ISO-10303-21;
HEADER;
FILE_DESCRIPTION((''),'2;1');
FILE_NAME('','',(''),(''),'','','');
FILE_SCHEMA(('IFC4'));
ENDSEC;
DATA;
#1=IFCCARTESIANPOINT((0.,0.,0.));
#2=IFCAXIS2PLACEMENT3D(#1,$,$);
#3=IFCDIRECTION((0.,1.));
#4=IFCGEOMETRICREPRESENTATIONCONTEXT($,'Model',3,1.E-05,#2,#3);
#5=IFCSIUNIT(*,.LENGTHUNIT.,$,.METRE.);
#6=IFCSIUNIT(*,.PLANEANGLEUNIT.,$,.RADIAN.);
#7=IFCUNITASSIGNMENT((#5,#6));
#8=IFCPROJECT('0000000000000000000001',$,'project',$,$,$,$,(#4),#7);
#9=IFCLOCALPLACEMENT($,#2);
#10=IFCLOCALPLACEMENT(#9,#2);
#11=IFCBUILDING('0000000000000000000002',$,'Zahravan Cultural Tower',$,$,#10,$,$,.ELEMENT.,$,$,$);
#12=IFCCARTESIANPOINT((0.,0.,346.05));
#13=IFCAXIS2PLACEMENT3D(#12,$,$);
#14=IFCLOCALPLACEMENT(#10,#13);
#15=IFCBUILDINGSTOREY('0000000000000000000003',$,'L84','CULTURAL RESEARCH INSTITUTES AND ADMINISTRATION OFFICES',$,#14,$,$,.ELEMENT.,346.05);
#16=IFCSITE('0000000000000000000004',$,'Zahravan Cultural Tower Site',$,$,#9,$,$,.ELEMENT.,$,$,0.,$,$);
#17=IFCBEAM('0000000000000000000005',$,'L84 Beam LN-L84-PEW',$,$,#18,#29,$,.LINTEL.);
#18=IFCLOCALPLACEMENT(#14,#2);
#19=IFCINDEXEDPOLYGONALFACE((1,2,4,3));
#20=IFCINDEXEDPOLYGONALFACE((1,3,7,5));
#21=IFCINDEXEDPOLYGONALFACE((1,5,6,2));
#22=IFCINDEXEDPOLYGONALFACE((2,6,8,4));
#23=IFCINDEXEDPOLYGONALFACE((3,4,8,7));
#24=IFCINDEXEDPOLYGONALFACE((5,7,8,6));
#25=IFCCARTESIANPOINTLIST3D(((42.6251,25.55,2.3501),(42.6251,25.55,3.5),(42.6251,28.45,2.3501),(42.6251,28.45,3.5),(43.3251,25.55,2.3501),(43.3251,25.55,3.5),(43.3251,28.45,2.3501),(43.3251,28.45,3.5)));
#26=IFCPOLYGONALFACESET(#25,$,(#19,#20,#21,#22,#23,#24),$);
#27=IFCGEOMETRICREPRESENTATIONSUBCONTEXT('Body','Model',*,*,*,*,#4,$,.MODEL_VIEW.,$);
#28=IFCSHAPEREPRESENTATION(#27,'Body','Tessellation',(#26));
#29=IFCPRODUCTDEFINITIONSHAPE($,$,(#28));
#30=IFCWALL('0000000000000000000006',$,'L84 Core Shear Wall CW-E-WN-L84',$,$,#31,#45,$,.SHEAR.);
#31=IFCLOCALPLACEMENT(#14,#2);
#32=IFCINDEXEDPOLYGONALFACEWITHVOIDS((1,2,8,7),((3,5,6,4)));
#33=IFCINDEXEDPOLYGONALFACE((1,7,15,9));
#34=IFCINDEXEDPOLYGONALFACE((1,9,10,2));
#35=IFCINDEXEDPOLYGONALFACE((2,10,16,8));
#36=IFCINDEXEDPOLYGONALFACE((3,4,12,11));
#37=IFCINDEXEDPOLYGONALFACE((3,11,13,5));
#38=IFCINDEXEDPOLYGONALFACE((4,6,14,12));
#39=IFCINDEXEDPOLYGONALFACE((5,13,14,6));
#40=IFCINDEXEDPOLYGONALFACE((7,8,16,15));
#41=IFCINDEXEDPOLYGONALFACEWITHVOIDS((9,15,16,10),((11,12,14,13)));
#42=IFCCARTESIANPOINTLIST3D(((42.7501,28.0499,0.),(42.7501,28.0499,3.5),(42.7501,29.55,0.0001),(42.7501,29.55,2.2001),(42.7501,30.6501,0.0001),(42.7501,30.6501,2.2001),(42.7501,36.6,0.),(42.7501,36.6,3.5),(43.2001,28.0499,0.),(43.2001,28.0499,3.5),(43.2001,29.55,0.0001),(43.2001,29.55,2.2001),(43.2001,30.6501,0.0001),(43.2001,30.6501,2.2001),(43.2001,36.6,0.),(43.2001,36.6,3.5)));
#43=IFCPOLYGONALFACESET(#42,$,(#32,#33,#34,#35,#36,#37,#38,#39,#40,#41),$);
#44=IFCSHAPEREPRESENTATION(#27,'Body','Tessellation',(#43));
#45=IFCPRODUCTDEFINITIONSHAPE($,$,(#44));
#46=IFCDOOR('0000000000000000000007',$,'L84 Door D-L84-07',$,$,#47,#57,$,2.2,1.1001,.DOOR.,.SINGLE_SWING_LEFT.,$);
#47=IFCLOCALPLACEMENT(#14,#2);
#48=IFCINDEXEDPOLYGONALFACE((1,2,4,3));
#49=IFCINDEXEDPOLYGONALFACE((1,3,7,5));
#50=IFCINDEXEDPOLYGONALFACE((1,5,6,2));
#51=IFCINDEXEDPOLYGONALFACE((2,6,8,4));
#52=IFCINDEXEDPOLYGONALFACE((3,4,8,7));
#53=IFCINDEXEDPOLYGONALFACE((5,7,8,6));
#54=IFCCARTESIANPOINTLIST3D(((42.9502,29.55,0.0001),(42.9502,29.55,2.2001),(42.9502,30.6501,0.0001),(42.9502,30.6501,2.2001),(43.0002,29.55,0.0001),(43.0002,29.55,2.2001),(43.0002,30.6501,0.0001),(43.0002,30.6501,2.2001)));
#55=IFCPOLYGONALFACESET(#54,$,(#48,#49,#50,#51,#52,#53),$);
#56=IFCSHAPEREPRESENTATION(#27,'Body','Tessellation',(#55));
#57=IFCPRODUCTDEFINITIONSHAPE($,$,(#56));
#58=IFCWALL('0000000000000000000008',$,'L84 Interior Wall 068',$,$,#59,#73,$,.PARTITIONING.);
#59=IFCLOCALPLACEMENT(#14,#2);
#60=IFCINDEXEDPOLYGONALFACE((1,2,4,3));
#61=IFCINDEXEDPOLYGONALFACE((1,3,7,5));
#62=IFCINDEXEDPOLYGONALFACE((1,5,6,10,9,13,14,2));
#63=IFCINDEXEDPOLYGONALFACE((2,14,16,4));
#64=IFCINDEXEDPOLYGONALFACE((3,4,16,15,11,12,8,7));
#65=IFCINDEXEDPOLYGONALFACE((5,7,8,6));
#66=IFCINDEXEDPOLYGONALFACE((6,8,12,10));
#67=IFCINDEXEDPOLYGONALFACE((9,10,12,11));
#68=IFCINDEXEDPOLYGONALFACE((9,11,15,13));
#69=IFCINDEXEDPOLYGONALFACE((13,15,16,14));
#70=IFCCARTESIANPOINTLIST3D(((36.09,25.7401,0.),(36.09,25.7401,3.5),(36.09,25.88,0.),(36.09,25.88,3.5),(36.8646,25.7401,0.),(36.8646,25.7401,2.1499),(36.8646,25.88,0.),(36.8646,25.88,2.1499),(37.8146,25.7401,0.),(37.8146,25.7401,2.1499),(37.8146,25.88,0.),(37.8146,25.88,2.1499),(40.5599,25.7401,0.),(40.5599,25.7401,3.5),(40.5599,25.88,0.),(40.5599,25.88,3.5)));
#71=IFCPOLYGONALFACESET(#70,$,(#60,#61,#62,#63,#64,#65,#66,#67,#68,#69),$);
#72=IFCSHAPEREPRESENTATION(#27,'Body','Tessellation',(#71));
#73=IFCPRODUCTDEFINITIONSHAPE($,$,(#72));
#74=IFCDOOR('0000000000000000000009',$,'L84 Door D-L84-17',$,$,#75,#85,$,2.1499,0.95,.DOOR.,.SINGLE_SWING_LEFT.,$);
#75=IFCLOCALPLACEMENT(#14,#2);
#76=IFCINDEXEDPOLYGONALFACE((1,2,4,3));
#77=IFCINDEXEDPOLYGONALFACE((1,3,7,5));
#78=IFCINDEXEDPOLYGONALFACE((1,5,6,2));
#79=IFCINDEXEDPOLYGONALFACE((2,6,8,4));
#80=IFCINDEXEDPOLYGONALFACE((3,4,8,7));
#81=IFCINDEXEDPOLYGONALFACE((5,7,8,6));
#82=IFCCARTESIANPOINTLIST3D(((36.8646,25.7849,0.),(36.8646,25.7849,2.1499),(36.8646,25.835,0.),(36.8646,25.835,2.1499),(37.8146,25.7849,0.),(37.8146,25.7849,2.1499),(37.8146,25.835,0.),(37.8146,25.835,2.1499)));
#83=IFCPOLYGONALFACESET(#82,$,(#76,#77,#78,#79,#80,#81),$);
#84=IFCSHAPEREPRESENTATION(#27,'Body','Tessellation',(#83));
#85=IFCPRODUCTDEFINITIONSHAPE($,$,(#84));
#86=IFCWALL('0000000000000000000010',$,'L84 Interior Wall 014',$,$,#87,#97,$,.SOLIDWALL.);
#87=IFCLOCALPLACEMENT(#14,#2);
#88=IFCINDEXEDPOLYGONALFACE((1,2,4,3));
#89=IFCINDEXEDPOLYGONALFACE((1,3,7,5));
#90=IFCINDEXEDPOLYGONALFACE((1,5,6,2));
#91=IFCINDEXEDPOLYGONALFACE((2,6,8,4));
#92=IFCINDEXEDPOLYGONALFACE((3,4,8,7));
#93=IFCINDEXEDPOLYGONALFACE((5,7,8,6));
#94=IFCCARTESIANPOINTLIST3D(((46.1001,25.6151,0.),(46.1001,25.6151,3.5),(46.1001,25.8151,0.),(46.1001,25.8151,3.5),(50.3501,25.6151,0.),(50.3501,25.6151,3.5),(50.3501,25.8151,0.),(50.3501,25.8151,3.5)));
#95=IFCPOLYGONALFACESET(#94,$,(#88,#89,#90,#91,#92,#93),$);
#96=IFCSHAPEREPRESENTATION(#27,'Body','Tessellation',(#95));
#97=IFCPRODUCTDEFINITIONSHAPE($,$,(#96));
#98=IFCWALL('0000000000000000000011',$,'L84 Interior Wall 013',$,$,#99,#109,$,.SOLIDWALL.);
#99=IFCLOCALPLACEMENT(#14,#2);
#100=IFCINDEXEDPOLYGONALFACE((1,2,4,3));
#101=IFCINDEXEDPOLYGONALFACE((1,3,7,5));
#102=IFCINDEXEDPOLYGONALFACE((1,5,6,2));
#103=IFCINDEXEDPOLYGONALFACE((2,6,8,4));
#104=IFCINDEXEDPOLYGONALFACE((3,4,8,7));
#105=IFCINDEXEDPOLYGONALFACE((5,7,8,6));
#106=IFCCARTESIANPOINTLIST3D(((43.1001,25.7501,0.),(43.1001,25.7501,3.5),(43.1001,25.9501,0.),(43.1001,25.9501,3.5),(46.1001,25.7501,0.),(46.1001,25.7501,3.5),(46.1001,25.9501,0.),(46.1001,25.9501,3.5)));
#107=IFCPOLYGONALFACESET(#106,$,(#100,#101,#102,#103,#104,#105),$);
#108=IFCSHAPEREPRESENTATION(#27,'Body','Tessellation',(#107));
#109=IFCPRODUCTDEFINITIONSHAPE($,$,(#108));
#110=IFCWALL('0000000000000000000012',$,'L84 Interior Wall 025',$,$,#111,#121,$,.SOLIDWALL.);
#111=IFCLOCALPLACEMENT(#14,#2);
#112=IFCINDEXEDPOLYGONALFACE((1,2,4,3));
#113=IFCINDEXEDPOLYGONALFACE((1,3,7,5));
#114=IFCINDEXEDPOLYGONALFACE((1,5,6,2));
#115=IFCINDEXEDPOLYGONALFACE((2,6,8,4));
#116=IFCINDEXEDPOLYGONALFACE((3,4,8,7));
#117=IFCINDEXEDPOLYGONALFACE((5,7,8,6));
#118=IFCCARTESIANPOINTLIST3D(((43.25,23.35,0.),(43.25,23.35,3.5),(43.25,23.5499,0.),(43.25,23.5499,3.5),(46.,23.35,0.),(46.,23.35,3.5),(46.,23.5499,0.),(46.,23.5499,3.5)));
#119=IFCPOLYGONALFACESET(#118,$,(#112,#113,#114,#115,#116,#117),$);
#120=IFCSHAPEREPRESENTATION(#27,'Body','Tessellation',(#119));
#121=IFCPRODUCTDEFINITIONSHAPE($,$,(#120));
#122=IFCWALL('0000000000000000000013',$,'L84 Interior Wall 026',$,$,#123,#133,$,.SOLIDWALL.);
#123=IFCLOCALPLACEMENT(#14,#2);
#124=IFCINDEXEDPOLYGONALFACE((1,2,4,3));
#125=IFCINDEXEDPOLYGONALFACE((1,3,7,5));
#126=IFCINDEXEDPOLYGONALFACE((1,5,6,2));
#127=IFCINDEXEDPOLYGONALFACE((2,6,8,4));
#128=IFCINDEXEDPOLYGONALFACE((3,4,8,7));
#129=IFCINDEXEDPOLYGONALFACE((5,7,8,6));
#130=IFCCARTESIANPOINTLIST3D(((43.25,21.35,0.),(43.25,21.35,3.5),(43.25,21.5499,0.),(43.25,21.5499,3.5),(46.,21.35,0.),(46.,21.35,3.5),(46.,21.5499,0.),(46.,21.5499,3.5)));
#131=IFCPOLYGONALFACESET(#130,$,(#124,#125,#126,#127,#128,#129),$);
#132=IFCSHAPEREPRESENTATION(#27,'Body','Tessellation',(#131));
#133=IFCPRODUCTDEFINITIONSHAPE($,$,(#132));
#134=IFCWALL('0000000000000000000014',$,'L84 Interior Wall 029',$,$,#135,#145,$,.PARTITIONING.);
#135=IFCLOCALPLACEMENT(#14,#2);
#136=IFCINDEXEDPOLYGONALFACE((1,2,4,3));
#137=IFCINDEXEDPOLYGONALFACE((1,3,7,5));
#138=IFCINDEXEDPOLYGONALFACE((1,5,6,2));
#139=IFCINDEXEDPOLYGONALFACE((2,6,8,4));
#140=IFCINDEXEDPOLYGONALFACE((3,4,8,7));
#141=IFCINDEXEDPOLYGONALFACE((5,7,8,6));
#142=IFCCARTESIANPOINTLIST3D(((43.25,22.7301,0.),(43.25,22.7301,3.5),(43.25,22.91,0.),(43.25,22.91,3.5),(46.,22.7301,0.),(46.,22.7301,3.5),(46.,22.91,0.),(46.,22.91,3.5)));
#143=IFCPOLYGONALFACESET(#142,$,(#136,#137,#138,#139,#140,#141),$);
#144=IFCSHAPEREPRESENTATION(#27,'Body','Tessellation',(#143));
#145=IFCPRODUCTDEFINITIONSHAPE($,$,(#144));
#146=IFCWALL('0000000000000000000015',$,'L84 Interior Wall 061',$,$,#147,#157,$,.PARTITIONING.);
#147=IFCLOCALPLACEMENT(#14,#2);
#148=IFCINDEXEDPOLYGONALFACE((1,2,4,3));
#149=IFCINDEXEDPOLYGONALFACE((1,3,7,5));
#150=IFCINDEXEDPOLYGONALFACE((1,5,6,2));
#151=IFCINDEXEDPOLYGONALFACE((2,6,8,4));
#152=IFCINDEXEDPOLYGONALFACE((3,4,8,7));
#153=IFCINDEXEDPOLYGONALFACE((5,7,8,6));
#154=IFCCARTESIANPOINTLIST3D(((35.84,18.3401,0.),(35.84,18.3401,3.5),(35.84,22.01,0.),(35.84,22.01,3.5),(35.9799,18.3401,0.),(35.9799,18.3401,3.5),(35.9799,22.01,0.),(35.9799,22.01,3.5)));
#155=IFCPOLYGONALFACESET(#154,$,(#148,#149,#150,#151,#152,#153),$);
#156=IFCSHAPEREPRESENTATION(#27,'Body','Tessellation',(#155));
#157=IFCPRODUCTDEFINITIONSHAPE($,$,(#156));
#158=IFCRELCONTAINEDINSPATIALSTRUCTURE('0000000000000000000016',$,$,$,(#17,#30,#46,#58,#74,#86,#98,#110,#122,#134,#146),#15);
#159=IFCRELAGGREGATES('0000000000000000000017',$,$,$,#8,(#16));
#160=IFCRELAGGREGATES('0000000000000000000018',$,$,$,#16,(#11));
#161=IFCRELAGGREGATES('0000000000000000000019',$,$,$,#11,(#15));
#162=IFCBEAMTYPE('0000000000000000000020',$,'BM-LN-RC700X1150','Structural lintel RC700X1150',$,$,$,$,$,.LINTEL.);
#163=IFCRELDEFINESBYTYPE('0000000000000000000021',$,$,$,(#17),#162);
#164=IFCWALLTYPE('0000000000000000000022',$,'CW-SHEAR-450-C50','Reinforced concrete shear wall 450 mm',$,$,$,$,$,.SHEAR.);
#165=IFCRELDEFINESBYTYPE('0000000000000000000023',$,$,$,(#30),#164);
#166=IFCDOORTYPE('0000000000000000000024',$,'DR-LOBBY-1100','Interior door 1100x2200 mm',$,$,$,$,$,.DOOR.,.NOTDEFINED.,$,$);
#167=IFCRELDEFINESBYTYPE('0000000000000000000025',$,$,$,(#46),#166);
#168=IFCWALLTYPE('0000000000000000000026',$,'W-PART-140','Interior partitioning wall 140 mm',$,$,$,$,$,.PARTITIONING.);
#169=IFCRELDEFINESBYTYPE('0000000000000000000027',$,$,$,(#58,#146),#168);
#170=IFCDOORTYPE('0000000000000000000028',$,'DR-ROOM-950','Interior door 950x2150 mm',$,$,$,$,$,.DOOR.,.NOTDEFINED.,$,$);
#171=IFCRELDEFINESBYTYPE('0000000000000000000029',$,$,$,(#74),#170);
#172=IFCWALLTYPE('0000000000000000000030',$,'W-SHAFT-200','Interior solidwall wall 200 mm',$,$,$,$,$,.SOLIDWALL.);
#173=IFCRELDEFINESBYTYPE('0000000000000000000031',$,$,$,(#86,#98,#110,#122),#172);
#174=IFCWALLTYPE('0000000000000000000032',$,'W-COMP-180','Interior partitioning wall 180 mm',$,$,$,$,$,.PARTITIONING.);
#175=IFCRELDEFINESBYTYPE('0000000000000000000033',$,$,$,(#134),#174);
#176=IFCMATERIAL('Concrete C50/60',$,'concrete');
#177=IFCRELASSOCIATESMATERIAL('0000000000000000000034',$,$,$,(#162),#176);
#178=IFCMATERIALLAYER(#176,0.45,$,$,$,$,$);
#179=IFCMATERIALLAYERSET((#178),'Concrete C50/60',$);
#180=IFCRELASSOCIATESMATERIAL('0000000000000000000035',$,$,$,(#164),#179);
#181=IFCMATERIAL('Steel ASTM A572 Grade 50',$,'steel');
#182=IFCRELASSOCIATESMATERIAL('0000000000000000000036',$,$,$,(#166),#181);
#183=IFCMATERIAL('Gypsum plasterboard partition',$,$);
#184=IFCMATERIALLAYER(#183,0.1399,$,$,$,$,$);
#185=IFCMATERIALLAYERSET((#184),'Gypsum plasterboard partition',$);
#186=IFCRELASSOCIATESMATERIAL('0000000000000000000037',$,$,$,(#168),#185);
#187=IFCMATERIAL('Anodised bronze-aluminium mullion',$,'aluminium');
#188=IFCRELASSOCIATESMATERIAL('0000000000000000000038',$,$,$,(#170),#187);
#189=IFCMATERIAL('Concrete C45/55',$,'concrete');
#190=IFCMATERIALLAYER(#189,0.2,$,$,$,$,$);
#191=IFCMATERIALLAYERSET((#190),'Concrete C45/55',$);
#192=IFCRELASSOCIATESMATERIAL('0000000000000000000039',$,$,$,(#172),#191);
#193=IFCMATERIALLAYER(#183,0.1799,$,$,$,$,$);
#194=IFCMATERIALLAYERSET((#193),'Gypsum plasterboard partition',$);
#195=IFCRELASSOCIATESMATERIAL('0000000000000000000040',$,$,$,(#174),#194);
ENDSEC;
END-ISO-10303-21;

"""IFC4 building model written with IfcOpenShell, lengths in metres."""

from ifc_helpers import new_model, si_unit, direction, frame, frame_2d, origin, origin_2d, place, context, subcontext, project, spatial, rectangle, extrude, source, transform, mapped, material, layer, layer_set, material_profile, profile_set, type_object, element, fill, save


model = new_model("IFC4")

# Units and contexts
model_context = context("Model", 3, precision=1e-05, world=origin(), true_north=direction((0.0, 1.0)))
body_context = subcontext(model_context, "Body", "Model", "MODEL_VIEW")
ifc_project = project(units=[si_unit("LENGTHUNIT", "METRE"), si_unit("PLANEANGLEUNIT", "RADIAN")], contexts=[model_context])

# Site, building, storey
site_placement = place(None, origin())
site = spatial("IfcSite", under=ifc_project, at=site_placement, Name="Zahravan Cultural Tower Site", CompositionType="ELEMENT", RefElevation=0.0)
building_placement = place(site_placement, origin())
building = spatial("IfcBuilding", under=site, at=building_placement, Name="Zahravan Cultural Tower", CompositionType="ELEMENT")
storey_placement = place(building_placement, frame((0.0, 0.0, 346.05)))
storey = spatial("IfcBuildingStorey", under=building, at=storey_placement, Name="L84", Description="CULTURAL RESEARCH INSTITUTES AND ADMINISTRATION OFFICES", CompositionType="ELEMENT", Elevation=346.05)

# Beam
ifc_material_1 = material(Name="Concrete C50/60", Category="concrete")
ifc_material_profile = material_profile(ifc_material_1, rectangle(XDim=0.7, YDim=1.1499, at=origin_2d()), Name="RC700X1150")
ifc_profile_set = profile_set([ifc_material_profile], Name="Concrete C50/60")
beam_type = type_object("IfcBeamType", Name="BM-LN-RC700X1150", Description="Structural lintel RC700X1150", PredefinedType="LINTEL", material=ifc_profile_set)
shared_shape_1 = source(origin(), body_context, "Body", "SweptSolid", [
    extrude(rectangle(XDim=0.7, YDim=1.1499, at=origin_2d()), origin(), (0.0, 0.0, 1.0), 2.8999),
])
beam_placement = place(storey_placement, frame((42.9751, 25.55, 2.925), z_axis=(0.0, 1.0, 0.0), x_axis=(-1.0, 0.0, 0.0)))
element("IfcBeam", 1, at=beam_placement, inside=storey, type_object=beam_type, Name="L84 Beam LN-L84-PEW", PredefinedType="LINTEL", context=body_context, shape_type="MappedRepresentation", body=[
    mapped(shared_shape_1, transform((0.0, 0.0, 0.0), x_axis=(1.0, 0.0, 0.0), y_axis=(0.0, 1.0, 0.0), z_axis=(0.0, 0.0, 1.0), scale=1.0)),
])

# Walls, openings, doors
ifc_layer_1 = layer(ifc_material_1, 0.45)
ifc_layer_set_1 = layer_set([ifc_layer_1], Name="Concrete C50/60")
wall_type_1 = type_object("IfcWallType", Name="CW-SHEAR-450-C50", Description="Reinforced concrete shear wall 450 mm", PredefinedType="SHEAR", material=ifc_layer_set_1)
wall_1_placement = place(storey_placement, frame((42.9751, 28.05, 0.0), z_axis=(0.0, 0.0, 1.0), x_axis=(0.0, 1.0, 0.0)))
wall_1 = element("IfcWall", 2, at=wall_1_placement, inside=storey, type_object=wall_type_1, Name="L84 Core Shear Wall CW-E-WN-L84", PredefinedType="SHEAR", context=body_context, shape_type="SweptSolid", body=[
    extrude(rectangle(XDim=8.55, YDim=0.45, at=frame_2d((4.2749, 0.0))), origin(), (0.0, 0.0, 1.0), 3.5),
])
opening_1_placement = place(wall_1_placement, frame((1.5, 0.0, 0.0)))
opening_1 = element("IfcOpeningElement", 3, at=opening_1_placement, cuts=wall_1, PredefinedType="OPENING", context=body_context, shape_type="SweptSolid", body=[
    extrude(rectangle(XDim=1.1001, YDim=2.2, at=frame_2d((0.55, 1.1001))), frame((0.0, 0.2349, 0.0), z_axis=(0.0, -1.0, 0.0), x_axis=(1.0, 0.0, 0.0)), (0.0, 0.0, 1.0), 0.47),
])
ifc_material_2 = material(Name="Steel ASTM A572 Grade 50", Category="steel")
door_type_1 = type_object("IfcDoorType", Name="DR-LOBBY-1100", Description="Interior door 1100x2200 mm", OperationType="NOTDEFINED", PredefinedType="DOOR", material=ifc_material_2)
shared_shape_2 = source(origin(), body_context, "Body", "SweptSolid", [
    extrude(rectangle(XDim=1.1001, YDim=2.2, at=frame_2d((0.55, 1.1001))), frame((0.0, 0.0249, 0.0), z_axis=(0.0, -1.0, 0.0), x_axis=(1.0, 0.0, 0.0)), (0.0, 0.0, 1.0), 0.05),
])
door_1_placement = place(opening_1_placement, origin())
door_1 = element("IfcDoor", 4, at=door_1_placement, inside=storey, type_object=door_type_1, Name="L84 Door D-L84-07", OperationType="SINGLE_SWING_LEFT", OverallHeight=2.2, OverallWidth=1.1001, PredefinedType="DOOR", context=body_context, shape_type="MappedRepresentation", body=[
    mapped(shared_shape_2, transform((0.0, 0.0, 0.0), x_axis=(1.0, 0.0, 0.0), y_axis=(0.0, 1.0, 0.0), z_axis=(0.0, 0.0, 1.0), scale=1.0)),
])
fill(opening_1, door_1)
ifc_material_3 = material(Name="Gypsum plasterboard partition")
ifc_layer_2 = layer(ifc_material_3, 0.1399)
ifc_layer_set_2 = layer_set([ifc_layer_2], Name="Gypsum plasterboard partition")
wall_type_2 = type_object("IfcWallType", Name="W-PART-140", Description="Interior partitioning wall 140 mm", PredefinedType="PARTITIONING", material=ifc_layer_set_2)
ifc_material_4 = material(Name="Anodised bronze-aluminium mullion", Category="aluminium")
door_type_2 = type_object("IfcDoorType", Name="DR-ROOM-950", Description="Interior door 950x2150 mm", OperationType="NOTDEFINED", PredefinedType="DOOR", material=ifc_material_4)
shared_shape_3 = source(origin(), body_context, "Body", "SweptSolid", [
    extrude(rectangle(XDim=0.95, YDim=2.1499, at=frame_2d((0.4751, 1.075))), frame((0.0, 0.0249, 0.0), z_axis=(0.0, -1.0, 0.0), x_axis=(1.0, 0.0, 0.0)), (0.0, 0.0, 1.0), 0.05),
])
wall_2_placement = place(storey_placement, frame((36.0901, 25.8101, 0.0), z_axis=(0.0, 0.0, 1.0), x_axis=(1.0, 0.0, 0.0)))
wall_2 = element("IfcWall", 5, at=wall_2_placement, inside=storey, type_object=wall_type_2, Name="L84 Interior Wall 068", PredefinedType="PARTITIONING", context=body_context, shape_type="SweptSolid", body=[
    extrude(rectangle(XDim=4.47, YDim=0.1399, at=frame_2d((2.2349, 0.0))), origin(), (0.0, 0.0, 1.0), 3.5),
])
opening_2_placement = place(wall_2_placement, frame((0.7744, 0.0, 0.0)))
opening_2 = element("IfcOpeningElement", 6, at=opening_2_placement, cuts=wall_2, PredefinedType="OPENING", context=body_context, shape_type="SweptSolid", body=[
    extrude(rectangle(XDim=0.95, YDim=2.1499, at=frame_2d((0.4751, 1.075))), frame((0.0, 0.0798, 0.0), z_axis=(0.0, -1.0, 0.0), x_axis=(1.0, 0.0, 0.0)), (0.0, 0.0, 1.0), 0.1599),
])
door_2_placement = place(opening_2_placement, origin())
door_2 = element("IfcDoor", 7, at=door_2_placement, inside=storey, type_object=door_type_2, Name="L84 Door D-L84-17", OperationType="SINGLE_SWING_LEFT", OverallHeight=2.1499, OverallWidth=0.95, PredefinedType="DOOR", context=body_context, shape_type="MappedRepresentation", body=[
    mapped(shared_shape_3, transform((0.0, 0.0, 0.0), x_axis=(1.0, 0.0, 0.0), y_axis=(0.0, 1.0, 0.0), z_axis=(0.0, 0.0, 1.0), scale=1.0)),
])
fill(opening_2, door_2)

# Walls
ifc_material_5 = material(Name="Concrete C45/55", Category="concrete")
ifc_layer_3 = layer(ifc_material_5, 0.2)
ifc_layer_set_3 = layer_set([ifc_layer_3], Name="Concrete C45/55")
wall_type_3 = type_object("IfcWallType", Name="W-SHAFT-200", Description="Interior solidwall wall 200 mm", PredefinedType="SOLIDWALL", material=ifc_layer_set_3)
shared_shape_4 = source(origin(), body_context, "Body", "SweptSolid", [
    extrude(rectangle(XDim=4.25, YDim=0.2, at=frame_2d((2.125, 0.0))), origin(), (0.0, 0.0, 1.0), 3.5),
])
wall_3_placement = place(storey_placement, frame((46.1001, 25.7151, 0.0), z_axis=(0.0, 0.0, 1.0), x_axis=(1.0, 0.0, 0.0)))
element("IfcWall", 8, at=wall_3_placement, inside=storey, type_object=wall_type_3, Name="L84 Interior Wall 014", PredefinedType="SOLIDWALL", context=body_context, shape_type="MappedRepresentation", body=[
    mapped(shared_shape_4, transform((0.0, 0.0, 0.0), x_axis=(1.0, 0.0, 0.0), y_axis=(0.0, 1.0, 0.0), z_axis=(0.0, 0.0, 1.0), scale=1.0)),
])
shared_shape_5 = source(origin(), body_context, "Body", "SweptSolid", [
    extrude(rectangle(XDim=3.0, YDim=0.2, at=frame_2d((1.5, 0.0))), origin(), (0.0, 0.0, 1.0), 3.5),
])
wall_4_placement = place(storey_placement, frame((43.1001, 25.8501, 0.0), z_axis=(0.0, 0.0, 1.0), x_axis=(1.0, 0.0, 0.0)))
element("IfcWall", 9, at=wall_4_placement, inside=storey, type_object=wall_type_3, Name="L84 Interior Wall 013", PredefinedType="SOLIDWALL", context=body_context, shape_type="MappedRepresentation", body=[
    mapped(shared_shape_5, transform((0.0, 0.0, 0.0), x_axis=(1.0, 0.0, 0.0), y_axis=(0.0, 1.0, 0.0), z_axis=(0.0, 0.0, 1.0), scale=1.0)),
])
shared_shape_6 = source(origin(), body_context, "Body", "SweptSolid", [
    extrude(rectangle(XDim=2.75, YDim=0.2, at=frame_2d((1.375, 0.0))), origin(), (0.0, 0.0, 1.0), 3.5),
])
for number, where, z_axis, x_axis, name in (
    (10, (43.25, 23.45, 0.0), (0.0, 0.0, 1.0), (1.0, 0.0, 0.0), "L84 Interior Wall 025"),
    (11, (43.25, 21.45, 0.0), (0.0, 0.0, 1.0), (1.0, 0.0, 0.0), "L84 Interior Wall 026"),
):
    element("IfcWall", number, at=place(storey_placement, frame(where, z_axis=z_axis, x_axis=x_axis)), inside=storey, type_object=wall_type_3, Name=name, PredefinedType="SOLIDWALL", context=body_context, shape_type="MappedRepresentation", body=[
        mapped(shared_shape_6, transform((0.0, 0.0, 0.0), x_axis=(1.0, 0.0, 0.0), y_axis=(0.0, 1.0, 0.0), z_axis=(0.0, 0.0, 1.0), scale=1.0)),
    ])
ifc_layer_4 = layer(ifc_material_3, 0.1799)
ifc_layer_set_4 = layer_set([ifc_layer_4], Name="Gypsum plasterboard partition")
wall_type_4 = type_object("IfcWallType", Name="W-COMP-180", Description="Interior partitioning wall 180 mm", PredefinedType="PARTITIONING", material=ifc_layer_set_4)
shared_shape_7 = source(origin(), body_context, "Body", "SweptSolid", [
    extrude(rectangle(XDim=2.75, YDim=0.1799, at=frame_2d((1.375, 0.0))), origin(), (0.0, 0.0, 1.0), 3.5),
])
wall_5_placement = place(storey_placement, frame((43.25, 22.8201, 0.0), z_axis=(0.0, 0.0, 1.0), x_axis=(1.0, 0.0, 0.0)))
element("IfcWall", 12, at=wall_5_placement, inside=storey, type_object=wall_type_4, Name="L84 Interior Wall 029", PredefinedType="PARTITIONING", context=body_context, shape_type="MappedRepresentation", body=[
    mapped(shared_shape_7, transform((0.0, 0.0, 0.0), x_axis=(1.0, 0.0, 0.0), y_axis=(0.0, 1.0, 0.0), z_axis=(0.0, 0.0, 1.0), scale=1.0)),
])
shared_shape_8 = source(origin(), body_context, "Body", "SweptSolid", [
    extrude(rectangle(XDim=3.6699, YDim=0.1399, at=frame_2d((1.835, 0.0))), origin(), (0.0, 0.0, 1.0), 3.5),
])
wall_6_placement = place(storey_placement, frame((35.9099, 22.01, 0.0), z_axis=(0.0, 0.0, 1.0), x_axis=(0.0, -1.0, 0.0)))
element("IfcWall", 13, at=wall_6_placement, inside=storey, type_object=wall_type_2, Name="L84 Interior Wall 061", PredefinedType="PARTITIONING", context=body_context, shape_type="MappedRepresentation", body=[
    mapped(shared_shape_8, transform((0.0, 0.0, 0.0), x_axis=(1.0, 0.0, 0.0), y_axis=(0.0, 1.0, 0.0), z_axis=(0.0, 0.0, 1.0), scale=1.0)),
])

save(model, "model.ifc")
